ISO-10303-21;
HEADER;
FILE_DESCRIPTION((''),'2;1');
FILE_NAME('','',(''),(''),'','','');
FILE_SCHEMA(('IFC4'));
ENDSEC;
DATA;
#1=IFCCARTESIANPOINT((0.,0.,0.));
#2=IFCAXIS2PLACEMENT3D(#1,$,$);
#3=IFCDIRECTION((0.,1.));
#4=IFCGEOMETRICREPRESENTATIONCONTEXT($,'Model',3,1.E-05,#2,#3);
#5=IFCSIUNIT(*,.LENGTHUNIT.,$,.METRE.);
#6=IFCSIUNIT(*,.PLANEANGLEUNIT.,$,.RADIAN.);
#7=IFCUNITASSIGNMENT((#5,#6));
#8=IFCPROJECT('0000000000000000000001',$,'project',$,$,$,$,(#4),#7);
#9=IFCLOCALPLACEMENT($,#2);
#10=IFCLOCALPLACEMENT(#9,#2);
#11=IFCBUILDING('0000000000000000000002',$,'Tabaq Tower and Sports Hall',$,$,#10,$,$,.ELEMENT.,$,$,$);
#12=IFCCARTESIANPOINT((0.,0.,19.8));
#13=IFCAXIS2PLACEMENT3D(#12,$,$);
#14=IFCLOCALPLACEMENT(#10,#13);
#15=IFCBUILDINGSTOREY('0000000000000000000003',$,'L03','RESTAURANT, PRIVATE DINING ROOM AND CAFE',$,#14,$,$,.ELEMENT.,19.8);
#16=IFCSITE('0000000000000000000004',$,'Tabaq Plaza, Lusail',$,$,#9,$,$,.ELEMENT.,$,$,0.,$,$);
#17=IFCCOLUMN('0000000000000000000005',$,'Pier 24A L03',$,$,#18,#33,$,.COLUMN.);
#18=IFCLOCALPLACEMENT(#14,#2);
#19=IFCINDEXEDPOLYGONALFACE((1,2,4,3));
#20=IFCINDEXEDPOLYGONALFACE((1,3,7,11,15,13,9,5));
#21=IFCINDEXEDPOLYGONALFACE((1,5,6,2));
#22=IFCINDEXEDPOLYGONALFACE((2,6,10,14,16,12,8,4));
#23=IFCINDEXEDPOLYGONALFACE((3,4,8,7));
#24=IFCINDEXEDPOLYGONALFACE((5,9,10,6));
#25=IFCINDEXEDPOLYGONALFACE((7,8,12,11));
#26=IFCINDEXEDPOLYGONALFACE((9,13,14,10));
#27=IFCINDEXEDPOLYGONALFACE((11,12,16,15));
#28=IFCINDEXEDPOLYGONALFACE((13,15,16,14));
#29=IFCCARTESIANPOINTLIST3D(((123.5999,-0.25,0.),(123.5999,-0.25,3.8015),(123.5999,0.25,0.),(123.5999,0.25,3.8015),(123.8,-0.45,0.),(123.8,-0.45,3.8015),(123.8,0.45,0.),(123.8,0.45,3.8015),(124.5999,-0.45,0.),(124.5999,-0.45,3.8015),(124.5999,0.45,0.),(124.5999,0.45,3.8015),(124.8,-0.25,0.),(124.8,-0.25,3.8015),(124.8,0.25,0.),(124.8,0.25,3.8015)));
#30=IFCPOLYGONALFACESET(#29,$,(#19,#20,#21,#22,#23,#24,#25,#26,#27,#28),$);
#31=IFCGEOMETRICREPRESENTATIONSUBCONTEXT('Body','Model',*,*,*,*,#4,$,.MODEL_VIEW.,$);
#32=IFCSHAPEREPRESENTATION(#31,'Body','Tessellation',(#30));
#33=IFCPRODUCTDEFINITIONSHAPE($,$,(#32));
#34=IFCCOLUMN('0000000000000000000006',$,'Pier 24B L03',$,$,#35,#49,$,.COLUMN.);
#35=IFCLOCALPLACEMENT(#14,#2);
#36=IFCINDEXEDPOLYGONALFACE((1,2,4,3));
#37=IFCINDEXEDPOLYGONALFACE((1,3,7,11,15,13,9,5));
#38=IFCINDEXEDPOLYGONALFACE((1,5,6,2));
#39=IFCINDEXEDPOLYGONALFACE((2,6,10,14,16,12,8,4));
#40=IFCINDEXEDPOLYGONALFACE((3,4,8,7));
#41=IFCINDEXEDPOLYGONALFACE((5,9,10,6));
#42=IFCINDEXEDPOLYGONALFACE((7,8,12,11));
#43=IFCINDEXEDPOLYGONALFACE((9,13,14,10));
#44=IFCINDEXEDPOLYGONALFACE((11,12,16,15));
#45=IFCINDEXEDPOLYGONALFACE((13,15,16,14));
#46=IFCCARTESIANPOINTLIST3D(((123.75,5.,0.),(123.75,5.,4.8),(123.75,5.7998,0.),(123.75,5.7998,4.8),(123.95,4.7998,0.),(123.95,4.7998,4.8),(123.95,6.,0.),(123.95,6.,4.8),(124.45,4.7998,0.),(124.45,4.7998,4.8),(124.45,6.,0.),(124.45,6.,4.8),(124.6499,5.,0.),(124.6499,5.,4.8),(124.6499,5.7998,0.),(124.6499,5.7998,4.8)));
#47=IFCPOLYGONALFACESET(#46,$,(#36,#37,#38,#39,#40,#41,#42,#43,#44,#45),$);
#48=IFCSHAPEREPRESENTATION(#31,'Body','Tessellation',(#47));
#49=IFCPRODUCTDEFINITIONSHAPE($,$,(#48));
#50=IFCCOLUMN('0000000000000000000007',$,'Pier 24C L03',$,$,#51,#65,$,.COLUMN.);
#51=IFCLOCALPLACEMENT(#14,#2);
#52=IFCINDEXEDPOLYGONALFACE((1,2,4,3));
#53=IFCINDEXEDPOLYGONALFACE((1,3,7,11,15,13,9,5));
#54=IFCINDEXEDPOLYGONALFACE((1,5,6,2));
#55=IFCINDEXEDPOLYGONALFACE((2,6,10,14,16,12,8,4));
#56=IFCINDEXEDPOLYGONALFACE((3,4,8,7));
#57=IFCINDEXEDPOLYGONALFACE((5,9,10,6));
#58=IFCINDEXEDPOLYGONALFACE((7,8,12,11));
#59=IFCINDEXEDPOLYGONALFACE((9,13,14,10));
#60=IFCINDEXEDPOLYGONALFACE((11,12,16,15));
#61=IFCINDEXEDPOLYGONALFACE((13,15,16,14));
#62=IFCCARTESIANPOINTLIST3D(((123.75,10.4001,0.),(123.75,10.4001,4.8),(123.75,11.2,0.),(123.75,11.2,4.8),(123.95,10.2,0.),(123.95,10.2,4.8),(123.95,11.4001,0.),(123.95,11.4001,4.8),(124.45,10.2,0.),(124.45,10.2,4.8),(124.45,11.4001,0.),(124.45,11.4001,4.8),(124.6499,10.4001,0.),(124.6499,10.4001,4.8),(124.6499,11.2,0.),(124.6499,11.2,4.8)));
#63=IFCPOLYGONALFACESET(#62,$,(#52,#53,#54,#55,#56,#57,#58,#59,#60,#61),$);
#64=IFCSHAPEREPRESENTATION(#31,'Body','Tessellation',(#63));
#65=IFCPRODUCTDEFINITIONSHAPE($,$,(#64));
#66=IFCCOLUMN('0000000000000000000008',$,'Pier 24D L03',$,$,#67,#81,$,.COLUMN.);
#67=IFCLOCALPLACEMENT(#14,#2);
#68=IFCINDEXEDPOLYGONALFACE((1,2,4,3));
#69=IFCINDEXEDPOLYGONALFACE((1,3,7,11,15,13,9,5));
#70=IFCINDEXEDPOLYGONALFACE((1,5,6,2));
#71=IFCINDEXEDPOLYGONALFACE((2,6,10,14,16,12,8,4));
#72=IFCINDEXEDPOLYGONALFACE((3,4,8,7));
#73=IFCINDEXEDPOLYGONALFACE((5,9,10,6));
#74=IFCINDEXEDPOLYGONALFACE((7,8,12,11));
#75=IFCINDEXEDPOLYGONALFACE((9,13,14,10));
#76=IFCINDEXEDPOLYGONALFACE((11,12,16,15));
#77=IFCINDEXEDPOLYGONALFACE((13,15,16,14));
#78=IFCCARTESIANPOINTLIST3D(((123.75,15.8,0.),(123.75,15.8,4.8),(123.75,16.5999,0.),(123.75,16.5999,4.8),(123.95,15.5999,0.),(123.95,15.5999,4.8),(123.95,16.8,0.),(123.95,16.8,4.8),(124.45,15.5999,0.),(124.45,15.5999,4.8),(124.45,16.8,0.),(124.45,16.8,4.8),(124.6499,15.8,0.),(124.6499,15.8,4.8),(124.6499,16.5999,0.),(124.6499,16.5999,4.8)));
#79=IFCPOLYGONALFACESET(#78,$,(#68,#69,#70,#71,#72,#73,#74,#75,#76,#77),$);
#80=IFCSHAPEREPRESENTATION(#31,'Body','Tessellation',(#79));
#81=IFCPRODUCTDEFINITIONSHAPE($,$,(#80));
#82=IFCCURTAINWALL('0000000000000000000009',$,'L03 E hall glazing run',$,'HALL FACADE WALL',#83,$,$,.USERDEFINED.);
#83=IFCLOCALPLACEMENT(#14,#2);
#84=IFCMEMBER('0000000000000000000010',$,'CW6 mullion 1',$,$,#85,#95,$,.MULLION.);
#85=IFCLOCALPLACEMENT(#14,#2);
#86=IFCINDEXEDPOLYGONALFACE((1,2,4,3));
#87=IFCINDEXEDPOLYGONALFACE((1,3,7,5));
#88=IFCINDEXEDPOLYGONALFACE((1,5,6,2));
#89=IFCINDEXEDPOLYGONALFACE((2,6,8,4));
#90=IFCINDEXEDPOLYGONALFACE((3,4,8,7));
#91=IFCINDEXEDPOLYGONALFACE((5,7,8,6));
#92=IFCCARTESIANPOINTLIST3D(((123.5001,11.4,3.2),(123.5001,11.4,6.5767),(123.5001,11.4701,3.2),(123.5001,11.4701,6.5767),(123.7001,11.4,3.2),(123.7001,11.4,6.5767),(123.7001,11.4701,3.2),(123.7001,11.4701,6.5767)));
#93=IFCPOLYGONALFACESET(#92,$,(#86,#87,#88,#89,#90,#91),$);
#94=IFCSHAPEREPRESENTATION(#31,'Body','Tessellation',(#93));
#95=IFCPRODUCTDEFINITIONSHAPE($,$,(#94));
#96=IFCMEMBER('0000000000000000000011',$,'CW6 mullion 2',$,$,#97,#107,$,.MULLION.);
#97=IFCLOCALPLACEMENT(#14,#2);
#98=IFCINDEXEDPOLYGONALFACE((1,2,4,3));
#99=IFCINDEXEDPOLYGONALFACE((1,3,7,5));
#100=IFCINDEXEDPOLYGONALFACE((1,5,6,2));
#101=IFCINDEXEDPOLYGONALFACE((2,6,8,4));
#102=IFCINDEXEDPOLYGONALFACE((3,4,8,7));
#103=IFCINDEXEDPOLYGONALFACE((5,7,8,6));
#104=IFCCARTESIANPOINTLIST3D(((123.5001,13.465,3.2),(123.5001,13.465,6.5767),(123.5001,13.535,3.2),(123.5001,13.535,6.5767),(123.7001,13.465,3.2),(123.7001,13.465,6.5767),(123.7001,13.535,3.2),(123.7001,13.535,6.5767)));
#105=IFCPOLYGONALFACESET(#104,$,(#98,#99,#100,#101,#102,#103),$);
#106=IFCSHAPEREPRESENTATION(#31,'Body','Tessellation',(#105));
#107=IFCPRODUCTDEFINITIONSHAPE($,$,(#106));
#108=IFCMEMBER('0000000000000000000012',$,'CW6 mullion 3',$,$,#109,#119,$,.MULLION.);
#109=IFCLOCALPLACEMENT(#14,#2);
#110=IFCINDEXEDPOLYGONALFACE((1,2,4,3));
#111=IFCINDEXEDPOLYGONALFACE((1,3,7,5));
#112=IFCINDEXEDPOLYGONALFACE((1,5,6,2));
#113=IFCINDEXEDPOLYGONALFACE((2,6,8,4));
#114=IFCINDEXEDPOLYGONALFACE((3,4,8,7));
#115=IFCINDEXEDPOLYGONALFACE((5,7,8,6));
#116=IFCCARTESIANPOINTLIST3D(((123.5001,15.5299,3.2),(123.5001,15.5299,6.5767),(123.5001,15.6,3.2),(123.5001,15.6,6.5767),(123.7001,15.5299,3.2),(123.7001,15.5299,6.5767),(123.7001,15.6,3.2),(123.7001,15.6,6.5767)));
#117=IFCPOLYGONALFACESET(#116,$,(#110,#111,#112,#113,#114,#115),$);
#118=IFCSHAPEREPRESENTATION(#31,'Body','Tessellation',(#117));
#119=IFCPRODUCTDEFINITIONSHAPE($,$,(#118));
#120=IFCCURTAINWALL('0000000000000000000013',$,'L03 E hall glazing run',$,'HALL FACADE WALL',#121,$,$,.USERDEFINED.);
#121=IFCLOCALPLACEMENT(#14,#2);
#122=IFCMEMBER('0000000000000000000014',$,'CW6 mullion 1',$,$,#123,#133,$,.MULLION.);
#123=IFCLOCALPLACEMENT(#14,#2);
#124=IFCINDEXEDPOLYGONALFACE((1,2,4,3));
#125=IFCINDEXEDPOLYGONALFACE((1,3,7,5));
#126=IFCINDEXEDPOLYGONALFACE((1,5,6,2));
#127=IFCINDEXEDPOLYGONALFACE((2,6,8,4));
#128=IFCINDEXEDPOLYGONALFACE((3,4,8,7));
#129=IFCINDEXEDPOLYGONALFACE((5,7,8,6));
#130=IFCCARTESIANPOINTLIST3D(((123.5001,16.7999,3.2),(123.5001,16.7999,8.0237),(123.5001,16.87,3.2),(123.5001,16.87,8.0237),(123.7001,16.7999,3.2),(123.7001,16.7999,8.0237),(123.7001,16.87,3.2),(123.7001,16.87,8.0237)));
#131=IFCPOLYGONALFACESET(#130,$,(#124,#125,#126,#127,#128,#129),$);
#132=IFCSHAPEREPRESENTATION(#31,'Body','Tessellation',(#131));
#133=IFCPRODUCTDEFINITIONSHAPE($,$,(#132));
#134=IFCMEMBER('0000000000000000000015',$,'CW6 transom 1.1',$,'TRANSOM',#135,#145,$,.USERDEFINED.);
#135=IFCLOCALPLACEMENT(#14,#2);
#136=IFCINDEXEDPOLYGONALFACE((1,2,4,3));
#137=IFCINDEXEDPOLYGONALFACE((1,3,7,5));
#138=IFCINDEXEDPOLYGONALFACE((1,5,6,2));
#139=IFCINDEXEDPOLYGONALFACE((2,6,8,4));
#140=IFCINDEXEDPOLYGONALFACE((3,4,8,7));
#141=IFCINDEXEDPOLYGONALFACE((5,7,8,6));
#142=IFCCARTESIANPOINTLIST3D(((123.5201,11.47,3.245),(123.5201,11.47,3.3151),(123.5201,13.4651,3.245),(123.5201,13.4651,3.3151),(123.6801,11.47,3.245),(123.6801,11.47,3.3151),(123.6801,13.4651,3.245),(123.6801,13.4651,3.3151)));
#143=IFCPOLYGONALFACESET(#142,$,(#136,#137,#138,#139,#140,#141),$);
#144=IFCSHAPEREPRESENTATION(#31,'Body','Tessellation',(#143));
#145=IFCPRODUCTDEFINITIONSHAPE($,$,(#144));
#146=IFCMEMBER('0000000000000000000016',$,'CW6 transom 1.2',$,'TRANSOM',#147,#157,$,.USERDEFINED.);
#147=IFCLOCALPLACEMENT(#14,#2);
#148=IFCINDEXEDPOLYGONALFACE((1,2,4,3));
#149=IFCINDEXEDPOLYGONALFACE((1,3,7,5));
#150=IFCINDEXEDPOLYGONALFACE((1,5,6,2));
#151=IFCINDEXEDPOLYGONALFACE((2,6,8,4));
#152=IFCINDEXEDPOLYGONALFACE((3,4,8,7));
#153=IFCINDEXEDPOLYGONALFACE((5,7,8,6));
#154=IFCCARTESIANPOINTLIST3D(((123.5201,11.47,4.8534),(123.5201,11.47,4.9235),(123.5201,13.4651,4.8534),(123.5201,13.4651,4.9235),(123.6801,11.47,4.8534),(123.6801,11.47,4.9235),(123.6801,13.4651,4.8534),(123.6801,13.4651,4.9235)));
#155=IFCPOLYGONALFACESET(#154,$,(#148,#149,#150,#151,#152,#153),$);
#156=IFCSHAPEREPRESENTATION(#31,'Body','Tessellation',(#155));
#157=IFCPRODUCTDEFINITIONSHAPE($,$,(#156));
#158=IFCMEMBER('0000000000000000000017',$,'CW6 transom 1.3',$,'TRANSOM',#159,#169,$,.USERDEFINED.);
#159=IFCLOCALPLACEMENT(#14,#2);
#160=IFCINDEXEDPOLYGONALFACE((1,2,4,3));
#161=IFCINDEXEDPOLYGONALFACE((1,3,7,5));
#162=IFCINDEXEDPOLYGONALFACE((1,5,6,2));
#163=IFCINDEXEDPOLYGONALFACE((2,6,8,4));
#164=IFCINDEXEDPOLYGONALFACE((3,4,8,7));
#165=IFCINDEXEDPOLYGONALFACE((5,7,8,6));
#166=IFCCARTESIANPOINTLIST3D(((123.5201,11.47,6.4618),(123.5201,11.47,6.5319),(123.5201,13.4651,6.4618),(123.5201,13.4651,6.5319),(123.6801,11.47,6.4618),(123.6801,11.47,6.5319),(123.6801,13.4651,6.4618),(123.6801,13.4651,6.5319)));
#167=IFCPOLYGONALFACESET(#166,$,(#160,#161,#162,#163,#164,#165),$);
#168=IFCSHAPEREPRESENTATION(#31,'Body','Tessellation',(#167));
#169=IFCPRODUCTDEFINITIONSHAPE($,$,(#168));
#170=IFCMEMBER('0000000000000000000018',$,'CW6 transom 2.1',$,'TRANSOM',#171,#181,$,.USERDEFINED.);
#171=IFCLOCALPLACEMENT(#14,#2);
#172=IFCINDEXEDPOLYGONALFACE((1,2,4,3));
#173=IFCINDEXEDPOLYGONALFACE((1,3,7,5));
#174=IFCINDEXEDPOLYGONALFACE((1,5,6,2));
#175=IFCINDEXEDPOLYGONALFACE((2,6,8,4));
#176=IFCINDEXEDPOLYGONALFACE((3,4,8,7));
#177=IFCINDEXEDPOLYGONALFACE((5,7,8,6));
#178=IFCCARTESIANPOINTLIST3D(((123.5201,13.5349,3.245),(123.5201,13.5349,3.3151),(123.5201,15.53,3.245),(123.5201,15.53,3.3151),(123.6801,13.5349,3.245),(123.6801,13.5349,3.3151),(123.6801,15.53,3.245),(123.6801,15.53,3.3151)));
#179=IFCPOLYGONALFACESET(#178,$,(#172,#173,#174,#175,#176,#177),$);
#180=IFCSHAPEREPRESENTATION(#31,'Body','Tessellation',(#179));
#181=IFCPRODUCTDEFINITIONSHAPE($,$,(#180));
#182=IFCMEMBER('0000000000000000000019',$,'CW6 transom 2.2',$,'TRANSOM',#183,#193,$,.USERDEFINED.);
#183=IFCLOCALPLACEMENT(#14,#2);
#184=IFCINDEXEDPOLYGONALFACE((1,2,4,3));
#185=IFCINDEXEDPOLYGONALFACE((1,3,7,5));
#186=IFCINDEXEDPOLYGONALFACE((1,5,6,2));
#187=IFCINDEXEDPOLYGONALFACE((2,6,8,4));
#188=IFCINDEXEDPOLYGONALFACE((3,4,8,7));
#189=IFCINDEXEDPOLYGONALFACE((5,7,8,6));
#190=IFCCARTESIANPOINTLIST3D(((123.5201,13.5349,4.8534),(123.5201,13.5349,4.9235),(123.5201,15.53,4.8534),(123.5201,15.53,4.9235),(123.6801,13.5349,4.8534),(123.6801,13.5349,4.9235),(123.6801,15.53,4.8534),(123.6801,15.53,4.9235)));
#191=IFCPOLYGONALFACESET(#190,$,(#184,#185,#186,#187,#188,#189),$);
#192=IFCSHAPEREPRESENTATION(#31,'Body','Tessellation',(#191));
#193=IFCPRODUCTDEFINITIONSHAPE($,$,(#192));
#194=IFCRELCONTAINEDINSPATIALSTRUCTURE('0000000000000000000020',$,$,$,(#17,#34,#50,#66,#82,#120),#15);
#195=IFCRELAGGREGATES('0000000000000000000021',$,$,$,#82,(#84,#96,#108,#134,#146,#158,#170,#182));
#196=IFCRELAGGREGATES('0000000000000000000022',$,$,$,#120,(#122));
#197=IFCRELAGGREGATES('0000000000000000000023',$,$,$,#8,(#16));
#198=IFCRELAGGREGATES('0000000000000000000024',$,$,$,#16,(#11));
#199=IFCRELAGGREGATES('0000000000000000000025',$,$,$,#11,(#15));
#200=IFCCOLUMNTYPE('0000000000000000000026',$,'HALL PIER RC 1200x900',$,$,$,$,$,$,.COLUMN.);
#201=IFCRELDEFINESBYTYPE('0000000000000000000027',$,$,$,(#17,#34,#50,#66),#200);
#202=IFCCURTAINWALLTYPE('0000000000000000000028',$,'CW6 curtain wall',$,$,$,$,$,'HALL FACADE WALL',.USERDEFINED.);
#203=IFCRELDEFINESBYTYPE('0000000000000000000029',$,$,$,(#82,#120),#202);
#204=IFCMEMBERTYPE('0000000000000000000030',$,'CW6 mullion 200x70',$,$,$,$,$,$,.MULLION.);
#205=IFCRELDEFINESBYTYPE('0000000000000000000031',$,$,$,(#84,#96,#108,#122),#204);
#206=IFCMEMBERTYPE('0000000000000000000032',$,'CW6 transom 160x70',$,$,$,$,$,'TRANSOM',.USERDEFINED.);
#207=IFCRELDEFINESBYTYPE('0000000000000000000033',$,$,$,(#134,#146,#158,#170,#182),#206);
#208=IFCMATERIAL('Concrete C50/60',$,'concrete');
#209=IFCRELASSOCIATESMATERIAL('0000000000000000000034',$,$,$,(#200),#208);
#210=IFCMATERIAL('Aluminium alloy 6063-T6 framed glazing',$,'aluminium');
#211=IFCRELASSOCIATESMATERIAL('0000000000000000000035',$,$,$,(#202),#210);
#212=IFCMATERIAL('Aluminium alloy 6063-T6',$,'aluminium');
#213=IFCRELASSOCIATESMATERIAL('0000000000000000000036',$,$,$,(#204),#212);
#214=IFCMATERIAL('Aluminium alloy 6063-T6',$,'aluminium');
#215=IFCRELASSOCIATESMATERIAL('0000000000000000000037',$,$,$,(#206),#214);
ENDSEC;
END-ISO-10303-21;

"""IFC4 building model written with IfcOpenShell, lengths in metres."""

from ifc_helpers import new_model, si_unit, direction, frame, origin, origin_2d, place, context, subcontext, project, spatial, polyline, rectangle, outline, extrude, material, material_profile, profile_set, type_object, element, aggregate, save


model = new_model("IFC4")

# Units and contexts
model_context = context("Model", 3, precision=1e-05, world=origin(), true_north=direction((0.0, 1.0)))
body_context = subcontext(model_context, "Body", "Model", "MODEL_VIEW")
ifc_project = project(units=[si_unit("LENGTHUNIT", "METRE"), si_unit("PLANEANGLEUNIT", "RADIAN")], contexts=[model_context])

# Site, building, storey
site_placement = place(None, origin())
site = spatial("IfcSite", under=ifc_project, at=site_placement, Name="Tabaq Plaza, Lusail", CompositionType="ELEMENT", RefElevation=0.0)
building_placement = place(site_placement, origin())
building = spatial("IfcBuilding", under=site, at=building_placement, Name="Tabaq Tower and Sports Hall", CompositionType="ELEMENT")
storey_placement = place(building_placement, frame((0.0, 0.0, 19.8)))
storey = spatial("IfcBuildingStorey", under=building, at=storey_placement, Name="L03", Description="RESTAURANT, PRIVATE DINING ROOM AND CAFE", CompositionType="ELEMENT", Elevation=19.8)

# Columns
ifc_material_1 = material(Name="Concrete C50/60", Category="concrete")
ifc_material_profile_1 = material_profile(ifc_material_1, outline(polyline([(-0.3999, -0.45), (0.3999, -0.45), (0.6001, -0.25), (0.6001, 0.25), (0.3999, 0.45), (-0.3999, 0.45), (-0.6001, 0.25), (-0.6001, -0.25), (-0.3999, -0.45)])), Name="PIER 1200x900")
ifc_profile_set_1 = profile_set([ifc_material_profile_1], Name="Concrete C50/60")
column_type = type_object("IfcColumnType", Name="HALL PIER RC 1200x900", PredefinedType="COLUMN", material=ifc_profile_set_1)
column_placement = place(storey_placement, frame((124.2, 0.0, 0.0), z_axis=(0.0, 0.0, 1.0), x_axis=(1.0, 0.0, 0.0)))
element("IfcColumn", 1, at=column_placement, inside=storey, type_object=column_type, Name="Pier 24A L03", PredefinedType="COLUMN", context=body_context, shape_type="SweptSolid", body=[
    extrude(outline(polyline([(-0.3999, -0.45), (0.3999, -0.45), (0.6001, -0.25), (0.6001, 0.25), (0.3999, 0.45), (-0.3999, 0.45), (-0.6001, 0.25), (-0.6001, -0.25), (-0.3999, -0.45)])), origin(), (0.0, 0.0, 1.0), 3.8015),
])
for number, where, z_axis, x_axis, name in (
    (2, (124.2, 5.3999, 0.0), (0.0, 0.0, 1.0), (0.0, 1.0, 0.0), "Pier 24B L03"),
    (3, (124.2, 10.8, 0.0), (0.0, 0.0, 1.0), (0.0, 1.0, 0.0), "Pier 24C L03"),
    (4, (124.2, 16.2, 0.0), (0.0, 0.0, 1.0), (0.0, 1.0, 0.0), "Pier 24D L03"),
):
    element("IfcColumn", number, at=place(storey_placement, frame(where, z_axis=z_axis, x_axis=x_axis)), inside=storey, type_object=column_type, Name=name, PredefinedType="COLUMN", context=body_context, shape_type="SweptSolid", body=[
        extrude(outline(polyline([(-0.3999, -0.45), (0.3999, -0.45), (0.6001, -0.25), (0.6001, 0.25), (0.3999, 0.45), (-0.3999, 0.45), (-0.6001, 0.25), (-0.6001, -0.25), (-0.3999, -0.45)])), origin(), (0.0, 0.0, 1.0), 4.8),
    ])

# Curtain wall, members
ifc_material_2 = material(Name="Aluminium alloy 6063-T6 framed glazing", Category="aluminium")
curtain_wall_type = type_object("IfcCurtainWallType", Name="CW6 curtain wall", ElementType="HALL FACADE WALL", PredefinedType="USERDEFINED", material=ifc_material_2)
curtain_wall_1_placement = place(storey_placement, origin())
curtain_wall_1 = element("IfcCurtainWall", 5, at=curtain_wall_1_placement, inside=storey, type_object=curtain_wall_type, Name="L03 E hall glazing run", ObjectType="HALL FACADE WALL", PredefinedType="USERDEFINED")
ifc_material_3 = material(Name="Aluminium alloy 6063-T6", Category="aluminium")
ifc_material_profile_2 = material_profile(ifc_material_3, rectangle(XDim=0.2, YDim=0.0701, at=origin_2d()), Name="MULLION 200x70")
ifc_profile_set_2 = profile_set([ifc_material_profile_2], Name="Aluminium alloy 6063-T6")
member_type_1 = type_object("IfcMemberType", Name="CW6 mullion 200x70", PredefinedType="MULLION", material=ifc_profile_set_2)
member_1_placement = place(storey_placement, frame((123.6001, 11.4351, 3.2), z_axis=(0.0, 0.0, 1.0), x_axis=(-1.0, 0.0, 0.0)))
member_1 = element("IfcMember", 6, at=member_1_placement, type_object=member_type_1, Name="CW6 mullion 1", PredefinedType="MULLION", context=body_context, shape_type="SweptSolid", body=[
    extrude(rectangle(XDim=0.2, YDim=0.0701, at=origin_2d()), origin(), (0.0, 0.0, 1.0), 3.3767),
])
member_2_placement = place(storey_placement, frame((123.6001, 13.5, 3.2), z_axis=(0.0, 0.0, 1.0), x_axis=(-1.0, 0.0, 0.0)))
member_2 = element("IfcMember", 7, at=member_2_placement, type_object=member_type_1, Name="CW6 mullion 2", PredefinedType="MULLION", context=body_context, shape_type="SweptSolid", body=[
    extrude(rectangle(XDim=0.2, YDim=0.0701, at=origin_2d()), origin(), (0.0, 0.0, 1.0), 3.3767),
])
member_3_placement = place(storey_placement, frame((123.6001, 15.5649, 3.2), z_axis=(0.0, 0.0, 1.0), x_axis=(-1.0, 0.0, 0.0)))
member_3 = element("IfcMember", 8, at=member_3_placement, type_object=member_type_1, Name="CW6 mullion 3", PredefinedType="MULLION", context=body_context, shape_type="SweptSolid", body=[
    extrude(rectangle(XDim=0.2, YDim=0.0701, at=origin_2d()), origin(), (0.0, 0.0, 1.0), 3.3767),
])

# Curtain wall, member
curtain_wall_2_placement = place(storey_placement, origin())
curtain_wall_2 = element("IfcCurtainWall", 9, at=curtain_wall_2_placement, inside=storey, type_object=curtain_wall_type, Name="L03 E hall glazing run", ObjectType="HALL FACADE WALL", PredefinedType="USERDEFINED")
member_4_placement = place(storey_placement, frame((123.6001, 16.835, 3.2), z_axis=(0.0, 0.0, 1.0), x_axis=(-1.0, 0.0, 0.0)))
member_4 = element("IfcMember", 10, at=member_4_placement, type_object=member_type_1, Name="CW6 mullion 1", PredefinedType="MULLION", context=body_context, shape_type="SweptSolid", body=[
    extrude(rectangle(XDim=0.2, YDim=0.0701, at=origin_2d()), origin(), (0.0, 0.0, 1.0), 4.8237),
])

# Members
ifc_material_4 = material(Name="Aluminium alloy 6063-T6", Category="aluminium")
ifc_material_profile_3 = material_profile(ifc_material_4, rectangle(XDim=0.1599, YDim=0.0701, at=origin_2d()), Name="TRANSOM 160x70")
ifc_profile_set_3 = profile_set([ifc_material_profile_3], Name="Aluminium alloy 6063-T6")
member_type_2 = type_object("IfcMemberType", Name="CW6 transom 160x70", ElementType="TRANSOM", PredefinedType="USERDEFINED", material=ifc_profile_set_3)
member_5_placement = place(storey_placement, frame((123.6001, 11.47, 3.28), z_axis=(0.0, 1.0, 0.0), x_axis=(-1.0, 0.0, 0.0)))
member_5 = element("IfcMember", 11, at=member_5_placement, type_object=member_type_2, Name="CW6 transom 1.1", ObjectType="TRANSOM", PredefinedType="USERDEFINED", context=body_context, shape_type="SweptSolid", body=[
    extrude(rectangle(XDim=0.1599, YDim=0.0701, at=origin_2d()), origin(), (0.0, 0.0, 1.0), 1.9951),
])
member_6_placement = place(storey_placement, frame((123.6001, 11.47, 4.8884), z_axis=(0.0, 1.0, 0.0), x_axis=(-1.0, 0.0, 0.0)))
member_6 = element("IfcMember", 12, at=member_6_placement, type_object=member_type_2, Name="CW6 transom 1.2", ObjectType="TRANSOM", PredefinedType="USERDEFINED", context=body_context, shape_type="SweptSolid", body=[
    extrude(rectangle(XDim=0.1599, YDim=0.0701, at=origin_2d()), origin(), (0.0, 0.0, 1.0), 1.9951),
])
member_7_placement = place(storey_placement, frame((123.6001, 11.47, 6.4968), z_axis=(0.0, 1.0, 0.0), x_axis=(-1.0, 0.0, 0.0)))
member_7 = element("IfcMember", 13, at=member_7_placement, type_object=member_type_2, Name="CW6 transom 1.3", ObjectType="TRANSOM", PredefinedType="USERDEFINED", context=body_context, shape_type="SweptSolid", body=[
    extrude(rectangle(XDim=0.1599, YDim=0.0701, at=origin_2d()), origin(), (0.0, 0.0, 1.0), 1.9951),
])
member_8_placement = place(storey_placement, frame((123.6001, 13.5349, 3.28), z_axis=(0.0, 1.0, 0.0), x_axis=(-1.0, 0.0, 0.0)))
member_8 = element("IfcMember", 14, at=member_8_placement, type_object=member_type_2, Name="CW6 transom 2.1", ObjectType="TRANSOM", PredefinedType="USERDEFINED", context=body_context, shape_type="SweptSolid", body=[
    extrude(rectangle(XDim=0.1599, YDim=0.0701, at=origin_2d()), origin(), (0.0, 0.0, 1.0), 1.9951),
])
member_9_placement = place(storey_placement, frame((123.6001, 13.5349, 4.8884), z_axis=(0.0, 1.0, 0.0), x_axis=(-1.0, 0.0, 0.0)))
member_9 = element("IfcMember", 15, at=member_9_placement, type_object=member_type_2, Name="CW6 transom 2.2", ObjectType="TRANSOM", PredefinedType="USERDEFINED", context=body_context, shape_type="SweptSolid", body=[
    extrude(rectangle(XDim=0.1599, YDim=0.0701, at=origin_2d()), origin(), (0.0, 0.0, 1.0), 1.9951),
])

aggregate(curtain_wall_1, [member_1, member_2, member_3, member_5, member_6, member_7, member_8, member_9])
aggregate(curtain_wall_2, [member_4])

save(model, "model.ifc")
